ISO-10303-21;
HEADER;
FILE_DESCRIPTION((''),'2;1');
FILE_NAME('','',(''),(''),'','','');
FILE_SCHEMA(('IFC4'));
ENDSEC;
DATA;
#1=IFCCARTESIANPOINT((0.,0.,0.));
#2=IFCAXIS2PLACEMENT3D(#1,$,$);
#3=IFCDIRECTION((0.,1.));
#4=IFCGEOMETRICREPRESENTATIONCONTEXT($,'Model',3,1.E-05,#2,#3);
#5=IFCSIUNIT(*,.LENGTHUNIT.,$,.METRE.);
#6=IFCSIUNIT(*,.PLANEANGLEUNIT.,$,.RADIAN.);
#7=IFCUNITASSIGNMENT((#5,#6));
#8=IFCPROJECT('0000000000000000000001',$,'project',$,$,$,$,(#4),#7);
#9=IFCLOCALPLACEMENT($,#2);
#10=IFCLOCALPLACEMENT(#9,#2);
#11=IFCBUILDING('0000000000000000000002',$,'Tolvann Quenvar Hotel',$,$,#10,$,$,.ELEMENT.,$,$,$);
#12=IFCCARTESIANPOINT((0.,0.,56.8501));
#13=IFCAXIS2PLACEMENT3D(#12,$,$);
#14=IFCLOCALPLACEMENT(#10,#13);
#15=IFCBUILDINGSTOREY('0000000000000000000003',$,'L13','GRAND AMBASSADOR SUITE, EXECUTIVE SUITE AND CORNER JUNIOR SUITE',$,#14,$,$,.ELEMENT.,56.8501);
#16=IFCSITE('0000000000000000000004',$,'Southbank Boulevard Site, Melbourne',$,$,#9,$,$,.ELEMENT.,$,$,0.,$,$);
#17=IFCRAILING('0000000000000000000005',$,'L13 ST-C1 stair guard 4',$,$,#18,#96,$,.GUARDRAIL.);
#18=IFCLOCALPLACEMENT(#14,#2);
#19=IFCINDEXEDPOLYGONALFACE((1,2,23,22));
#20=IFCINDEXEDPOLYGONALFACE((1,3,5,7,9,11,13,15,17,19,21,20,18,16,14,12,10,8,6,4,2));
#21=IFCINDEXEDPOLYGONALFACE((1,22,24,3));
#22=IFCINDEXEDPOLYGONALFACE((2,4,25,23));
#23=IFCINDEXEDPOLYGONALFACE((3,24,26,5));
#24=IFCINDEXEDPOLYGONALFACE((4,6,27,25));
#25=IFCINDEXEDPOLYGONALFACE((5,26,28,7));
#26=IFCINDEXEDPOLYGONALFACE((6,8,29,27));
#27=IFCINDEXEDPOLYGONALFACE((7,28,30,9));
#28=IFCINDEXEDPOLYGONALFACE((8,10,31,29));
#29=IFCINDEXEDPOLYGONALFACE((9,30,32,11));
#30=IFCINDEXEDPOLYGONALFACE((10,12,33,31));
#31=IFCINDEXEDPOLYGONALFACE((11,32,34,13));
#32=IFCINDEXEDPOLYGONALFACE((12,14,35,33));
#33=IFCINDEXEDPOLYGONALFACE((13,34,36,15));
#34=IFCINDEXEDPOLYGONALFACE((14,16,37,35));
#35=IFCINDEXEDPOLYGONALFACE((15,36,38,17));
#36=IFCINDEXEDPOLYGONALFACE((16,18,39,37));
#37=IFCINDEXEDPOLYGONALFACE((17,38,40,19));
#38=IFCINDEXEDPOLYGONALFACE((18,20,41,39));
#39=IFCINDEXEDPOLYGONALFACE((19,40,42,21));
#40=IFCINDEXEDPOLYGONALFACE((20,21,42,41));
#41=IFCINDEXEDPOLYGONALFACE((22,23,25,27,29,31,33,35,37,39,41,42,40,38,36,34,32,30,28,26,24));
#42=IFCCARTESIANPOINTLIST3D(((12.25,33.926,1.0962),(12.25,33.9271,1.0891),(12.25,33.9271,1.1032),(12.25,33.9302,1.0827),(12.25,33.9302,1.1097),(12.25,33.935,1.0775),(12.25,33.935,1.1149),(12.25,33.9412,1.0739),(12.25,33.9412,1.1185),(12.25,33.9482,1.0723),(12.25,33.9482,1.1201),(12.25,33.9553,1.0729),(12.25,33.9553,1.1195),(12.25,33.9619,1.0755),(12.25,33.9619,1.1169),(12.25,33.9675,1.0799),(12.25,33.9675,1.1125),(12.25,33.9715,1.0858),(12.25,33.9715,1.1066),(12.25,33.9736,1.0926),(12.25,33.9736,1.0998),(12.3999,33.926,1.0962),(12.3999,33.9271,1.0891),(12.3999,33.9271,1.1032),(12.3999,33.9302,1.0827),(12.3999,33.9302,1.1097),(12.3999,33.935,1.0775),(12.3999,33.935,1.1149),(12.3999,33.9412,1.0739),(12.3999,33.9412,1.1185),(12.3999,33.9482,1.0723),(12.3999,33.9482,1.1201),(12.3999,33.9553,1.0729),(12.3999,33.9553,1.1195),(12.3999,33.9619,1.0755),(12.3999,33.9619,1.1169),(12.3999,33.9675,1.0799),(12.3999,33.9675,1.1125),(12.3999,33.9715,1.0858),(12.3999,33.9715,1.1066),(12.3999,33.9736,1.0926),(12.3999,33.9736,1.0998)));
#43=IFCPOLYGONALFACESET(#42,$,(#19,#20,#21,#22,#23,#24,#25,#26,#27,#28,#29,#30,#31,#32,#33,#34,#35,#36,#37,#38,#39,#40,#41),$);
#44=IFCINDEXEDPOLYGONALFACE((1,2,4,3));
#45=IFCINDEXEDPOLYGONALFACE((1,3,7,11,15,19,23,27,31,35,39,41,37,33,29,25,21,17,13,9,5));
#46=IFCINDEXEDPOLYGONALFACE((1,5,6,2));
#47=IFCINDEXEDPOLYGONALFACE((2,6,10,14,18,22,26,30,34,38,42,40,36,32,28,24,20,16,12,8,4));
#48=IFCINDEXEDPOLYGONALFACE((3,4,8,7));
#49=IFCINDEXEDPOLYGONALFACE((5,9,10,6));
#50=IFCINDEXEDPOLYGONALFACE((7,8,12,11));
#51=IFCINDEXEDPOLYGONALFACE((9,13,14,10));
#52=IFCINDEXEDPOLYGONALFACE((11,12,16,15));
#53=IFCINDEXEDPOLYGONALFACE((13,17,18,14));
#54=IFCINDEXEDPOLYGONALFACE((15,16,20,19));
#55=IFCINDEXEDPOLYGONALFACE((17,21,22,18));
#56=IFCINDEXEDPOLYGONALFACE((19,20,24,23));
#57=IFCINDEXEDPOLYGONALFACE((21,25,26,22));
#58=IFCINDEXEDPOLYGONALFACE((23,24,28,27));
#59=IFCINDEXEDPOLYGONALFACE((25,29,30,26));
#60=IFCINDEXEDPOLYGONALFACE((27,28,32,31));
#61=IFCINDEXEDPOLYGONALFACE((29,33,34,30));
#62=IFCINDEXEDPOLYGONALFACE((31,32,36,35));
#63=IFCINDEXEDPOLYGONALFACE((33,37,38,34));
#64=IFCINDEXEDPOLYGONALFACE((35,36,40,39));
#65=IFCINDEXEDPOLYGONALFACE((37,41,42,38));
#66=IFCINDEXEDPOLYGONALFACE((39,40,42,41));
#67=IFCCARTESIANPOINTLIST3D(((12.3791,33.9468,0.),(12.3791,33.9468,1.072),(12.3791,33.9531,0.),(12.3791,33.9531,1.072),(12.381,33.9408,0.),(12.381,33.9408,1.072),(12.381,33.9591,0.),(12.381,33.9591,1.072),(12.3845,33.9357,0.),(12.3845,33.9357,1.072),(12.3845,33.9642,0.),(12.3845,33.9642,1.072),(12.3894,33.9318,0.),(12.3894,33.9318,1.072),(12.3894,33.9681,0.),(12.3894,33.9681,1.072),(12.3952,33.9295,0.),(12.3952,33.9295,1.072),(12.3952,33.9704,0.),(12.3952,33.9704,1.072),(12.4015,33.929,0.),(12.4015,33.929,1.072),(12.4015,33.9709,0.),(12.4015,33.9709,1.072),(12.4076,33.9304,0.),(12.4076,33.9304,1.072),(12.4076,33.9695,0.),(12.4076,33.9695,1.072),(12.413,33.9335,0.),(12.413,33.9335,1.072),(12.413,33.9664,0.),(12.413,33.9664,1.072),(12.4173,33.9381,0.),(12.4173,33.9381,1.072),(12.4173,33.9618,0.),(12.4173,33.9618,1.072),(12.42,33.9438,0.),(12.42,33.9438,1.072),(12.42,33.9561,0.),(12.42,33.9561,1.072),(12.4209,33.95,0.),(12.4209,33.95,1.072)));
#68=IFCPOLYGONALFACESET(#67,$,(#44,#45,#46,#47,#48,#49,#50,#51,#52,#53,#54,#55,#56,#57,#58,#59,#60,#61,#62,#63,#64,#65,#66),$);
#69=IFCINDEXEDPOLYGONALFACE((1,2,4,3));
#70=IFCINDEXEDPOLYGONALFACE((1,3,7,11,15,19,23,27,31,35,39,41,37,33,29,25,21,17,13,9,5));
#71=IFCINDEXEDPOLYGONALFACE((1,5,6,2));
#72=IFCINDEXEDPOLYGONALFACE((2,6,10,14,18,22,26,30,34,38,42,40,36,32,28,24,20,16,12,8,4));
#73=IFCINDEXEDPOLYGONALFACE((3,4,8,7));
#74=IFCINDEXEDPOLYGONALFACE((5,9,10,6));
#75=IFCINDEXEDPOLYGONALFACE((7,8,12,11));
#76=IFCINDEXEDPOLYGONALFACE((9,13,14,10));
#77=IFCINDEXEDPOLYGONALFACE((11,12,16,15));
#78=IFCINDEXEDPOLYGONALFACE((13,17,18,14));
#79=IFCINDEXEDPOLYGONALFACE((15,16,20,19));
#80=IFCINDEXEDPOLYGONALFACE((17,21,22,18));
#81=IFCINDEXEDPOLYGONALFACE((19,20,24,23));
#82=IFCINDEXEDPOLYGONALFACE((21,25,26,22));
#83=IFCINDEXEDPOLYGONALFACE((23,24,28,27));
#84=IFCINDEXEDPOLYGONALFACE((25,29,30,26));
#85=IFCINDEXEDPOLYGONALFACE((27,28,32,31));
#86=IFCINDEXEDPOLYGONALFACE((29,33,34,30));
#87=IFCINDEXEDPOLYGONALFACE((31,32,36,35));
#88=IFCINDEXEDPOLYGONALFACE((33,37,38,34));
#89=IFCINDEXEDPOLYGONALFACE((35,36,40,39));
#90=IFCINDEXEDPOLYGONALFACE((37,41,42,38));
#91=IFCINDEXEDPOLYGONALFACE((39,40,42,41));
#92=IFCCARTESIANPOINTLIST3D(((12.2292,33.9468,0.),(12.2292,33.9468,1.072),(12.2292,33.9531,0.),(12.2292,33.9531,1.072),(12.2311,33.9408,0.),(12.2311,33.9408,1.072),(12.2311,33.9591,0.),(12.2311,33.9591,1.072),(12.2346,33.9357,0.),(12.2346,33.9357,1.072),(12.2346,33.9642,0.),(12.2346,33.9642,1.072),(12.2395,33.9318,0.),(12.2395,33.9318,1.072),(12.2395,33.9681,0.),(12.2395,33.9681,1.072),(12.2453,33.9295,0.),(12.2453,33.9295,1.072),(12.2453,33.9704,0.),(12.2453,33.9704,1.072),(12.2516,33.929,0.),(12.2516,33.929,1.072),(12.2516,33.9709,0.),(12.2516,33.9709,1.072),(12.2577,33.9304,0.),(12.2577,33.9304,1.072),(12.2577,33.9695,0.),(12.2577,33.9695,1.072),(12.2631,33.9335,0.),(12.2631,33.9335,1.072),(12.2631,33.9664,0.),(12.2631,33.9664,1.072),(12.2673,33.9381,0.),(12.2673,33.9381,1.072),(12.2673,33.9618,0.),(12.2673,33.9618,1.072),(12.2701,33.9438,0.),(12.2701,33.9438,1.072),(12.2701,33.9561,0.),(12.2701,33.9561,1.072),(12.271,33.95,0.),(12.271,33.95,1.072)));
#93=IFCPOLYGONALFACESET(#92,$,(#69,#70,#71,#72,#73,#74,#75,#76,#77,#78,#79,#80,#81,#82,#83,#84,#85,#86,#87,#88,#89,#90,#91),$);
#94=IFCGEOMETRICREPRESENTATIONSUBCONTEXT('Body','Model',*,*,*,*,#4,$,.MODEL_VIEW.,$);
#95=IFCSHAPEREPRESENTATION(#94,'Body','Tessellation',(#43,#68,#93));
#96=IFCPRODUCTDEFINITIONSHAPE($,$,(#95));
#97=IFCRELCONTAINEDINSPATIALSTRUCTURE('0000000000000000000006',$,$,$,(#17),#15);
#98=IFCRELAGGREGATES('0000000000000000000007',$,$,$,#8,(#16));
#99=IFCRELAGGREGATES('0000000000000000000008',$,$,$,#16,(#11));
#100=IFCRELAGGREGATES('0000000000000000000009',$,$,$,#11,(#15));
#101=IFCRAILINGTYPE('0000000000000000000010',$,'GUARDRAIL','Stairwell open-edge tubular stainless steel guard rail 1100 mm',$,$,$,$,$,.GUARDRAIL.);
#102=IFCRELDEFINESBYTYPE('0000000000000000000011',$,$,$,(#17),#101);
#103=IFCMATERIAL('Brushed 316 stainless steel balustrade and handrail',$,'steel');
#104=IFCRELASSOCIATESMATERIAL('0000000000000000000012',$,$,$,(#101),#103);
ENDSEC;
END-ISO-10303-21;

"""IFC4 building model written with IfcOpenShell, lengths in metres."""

from ifc_helpers import new_model, si_unit, direction, frame, origin, origin_2d, place, context, subcontext, project, spatial, circle, extrude, material, type_object, element, save


model = new_model("IFC4")

# Units and contexts
model_context = context("Model", 3, precision=1e-05, world=origin(), true_north=direction((0.0, 1.0)))
body_context = subcontext(model_context, "Body", "Model", "MODEL_VIEW")
ifc_project = project(units=[si_unit("LENGTHUNIT", "METRE"), si_unit("PLANEANGLEUNIT", "RADIAN")], contexts=[model_context])

# Site, building, storey
site_placement = place(None, origin())
site = spatial("IfcSite", under=ifc_project, at=site_placement, Name="Southbank Boulevard Site, Melbourne", CompositionType="ELEMENT", RefElevation=0.0)
building_placement = place(site_placement, origin())
building = spatial("IfcBuilding", under=site, at=building_placement, Name="Tolvann Quenvar Hotel", CompositionType="ELEMENT")
storey_placement = place(building_placement, frame((0.0, 0.0, 56.8501)))
storey = spatial("IfcBuildingStorey", under=building, at=storey_placement, Name="L13", Description="GRAND AMBASSADOR SUITE, EXECUTIVE SUITE AND CORNER JUNIOR SUITE", CompositionType="ELEMENT", Elevation=56.8501)

# Railing
ifc_material_1 = material(Name="Brushed 316 stainless steel balustrade and handrail", Category="steel")
railing_type_1 = type_object("IfcRailingType", Name="GUARDRAIL", Description="Stairwell open-edge tubular stainless steel guard rail 1100 mm", PredefinedType="GUARDRAIL", material=ifc_material_1)
railing_1_placement = place(storey_placement, frame((12.3999, 33.95, 0.0)))
element("IfcRailing", 1, at=railing_1_placement, inside=storey, type_object=railing_type_1, Name="L13 ST-C1 stair guard 4", PredefinedType="GUARDRAIL", context=body_context, shape_type="SweptSolid", body=[
    extrude(circle(Radius=0.0239, at=origin_2d()), frame((0.0, 0.0, 1.0962), z_axis=(-1.0, 0.0, 0.0), x_axis=(0.0, -1.0, 0.0)), (0.0, 0.0, 1.0), 0.1499),
    extrude(circle(Radius=0.021, at=origin_2d()), origin(), (0.0, 0.0, 1.0), 1.072),
    extrude(circle(Radius=0.021, at=origin_2d()), frame((-0.1499, 0.0, 0.0)), (0.0, 0.0, 1.0), 1.072),
])

save(model, "model.ifc")
